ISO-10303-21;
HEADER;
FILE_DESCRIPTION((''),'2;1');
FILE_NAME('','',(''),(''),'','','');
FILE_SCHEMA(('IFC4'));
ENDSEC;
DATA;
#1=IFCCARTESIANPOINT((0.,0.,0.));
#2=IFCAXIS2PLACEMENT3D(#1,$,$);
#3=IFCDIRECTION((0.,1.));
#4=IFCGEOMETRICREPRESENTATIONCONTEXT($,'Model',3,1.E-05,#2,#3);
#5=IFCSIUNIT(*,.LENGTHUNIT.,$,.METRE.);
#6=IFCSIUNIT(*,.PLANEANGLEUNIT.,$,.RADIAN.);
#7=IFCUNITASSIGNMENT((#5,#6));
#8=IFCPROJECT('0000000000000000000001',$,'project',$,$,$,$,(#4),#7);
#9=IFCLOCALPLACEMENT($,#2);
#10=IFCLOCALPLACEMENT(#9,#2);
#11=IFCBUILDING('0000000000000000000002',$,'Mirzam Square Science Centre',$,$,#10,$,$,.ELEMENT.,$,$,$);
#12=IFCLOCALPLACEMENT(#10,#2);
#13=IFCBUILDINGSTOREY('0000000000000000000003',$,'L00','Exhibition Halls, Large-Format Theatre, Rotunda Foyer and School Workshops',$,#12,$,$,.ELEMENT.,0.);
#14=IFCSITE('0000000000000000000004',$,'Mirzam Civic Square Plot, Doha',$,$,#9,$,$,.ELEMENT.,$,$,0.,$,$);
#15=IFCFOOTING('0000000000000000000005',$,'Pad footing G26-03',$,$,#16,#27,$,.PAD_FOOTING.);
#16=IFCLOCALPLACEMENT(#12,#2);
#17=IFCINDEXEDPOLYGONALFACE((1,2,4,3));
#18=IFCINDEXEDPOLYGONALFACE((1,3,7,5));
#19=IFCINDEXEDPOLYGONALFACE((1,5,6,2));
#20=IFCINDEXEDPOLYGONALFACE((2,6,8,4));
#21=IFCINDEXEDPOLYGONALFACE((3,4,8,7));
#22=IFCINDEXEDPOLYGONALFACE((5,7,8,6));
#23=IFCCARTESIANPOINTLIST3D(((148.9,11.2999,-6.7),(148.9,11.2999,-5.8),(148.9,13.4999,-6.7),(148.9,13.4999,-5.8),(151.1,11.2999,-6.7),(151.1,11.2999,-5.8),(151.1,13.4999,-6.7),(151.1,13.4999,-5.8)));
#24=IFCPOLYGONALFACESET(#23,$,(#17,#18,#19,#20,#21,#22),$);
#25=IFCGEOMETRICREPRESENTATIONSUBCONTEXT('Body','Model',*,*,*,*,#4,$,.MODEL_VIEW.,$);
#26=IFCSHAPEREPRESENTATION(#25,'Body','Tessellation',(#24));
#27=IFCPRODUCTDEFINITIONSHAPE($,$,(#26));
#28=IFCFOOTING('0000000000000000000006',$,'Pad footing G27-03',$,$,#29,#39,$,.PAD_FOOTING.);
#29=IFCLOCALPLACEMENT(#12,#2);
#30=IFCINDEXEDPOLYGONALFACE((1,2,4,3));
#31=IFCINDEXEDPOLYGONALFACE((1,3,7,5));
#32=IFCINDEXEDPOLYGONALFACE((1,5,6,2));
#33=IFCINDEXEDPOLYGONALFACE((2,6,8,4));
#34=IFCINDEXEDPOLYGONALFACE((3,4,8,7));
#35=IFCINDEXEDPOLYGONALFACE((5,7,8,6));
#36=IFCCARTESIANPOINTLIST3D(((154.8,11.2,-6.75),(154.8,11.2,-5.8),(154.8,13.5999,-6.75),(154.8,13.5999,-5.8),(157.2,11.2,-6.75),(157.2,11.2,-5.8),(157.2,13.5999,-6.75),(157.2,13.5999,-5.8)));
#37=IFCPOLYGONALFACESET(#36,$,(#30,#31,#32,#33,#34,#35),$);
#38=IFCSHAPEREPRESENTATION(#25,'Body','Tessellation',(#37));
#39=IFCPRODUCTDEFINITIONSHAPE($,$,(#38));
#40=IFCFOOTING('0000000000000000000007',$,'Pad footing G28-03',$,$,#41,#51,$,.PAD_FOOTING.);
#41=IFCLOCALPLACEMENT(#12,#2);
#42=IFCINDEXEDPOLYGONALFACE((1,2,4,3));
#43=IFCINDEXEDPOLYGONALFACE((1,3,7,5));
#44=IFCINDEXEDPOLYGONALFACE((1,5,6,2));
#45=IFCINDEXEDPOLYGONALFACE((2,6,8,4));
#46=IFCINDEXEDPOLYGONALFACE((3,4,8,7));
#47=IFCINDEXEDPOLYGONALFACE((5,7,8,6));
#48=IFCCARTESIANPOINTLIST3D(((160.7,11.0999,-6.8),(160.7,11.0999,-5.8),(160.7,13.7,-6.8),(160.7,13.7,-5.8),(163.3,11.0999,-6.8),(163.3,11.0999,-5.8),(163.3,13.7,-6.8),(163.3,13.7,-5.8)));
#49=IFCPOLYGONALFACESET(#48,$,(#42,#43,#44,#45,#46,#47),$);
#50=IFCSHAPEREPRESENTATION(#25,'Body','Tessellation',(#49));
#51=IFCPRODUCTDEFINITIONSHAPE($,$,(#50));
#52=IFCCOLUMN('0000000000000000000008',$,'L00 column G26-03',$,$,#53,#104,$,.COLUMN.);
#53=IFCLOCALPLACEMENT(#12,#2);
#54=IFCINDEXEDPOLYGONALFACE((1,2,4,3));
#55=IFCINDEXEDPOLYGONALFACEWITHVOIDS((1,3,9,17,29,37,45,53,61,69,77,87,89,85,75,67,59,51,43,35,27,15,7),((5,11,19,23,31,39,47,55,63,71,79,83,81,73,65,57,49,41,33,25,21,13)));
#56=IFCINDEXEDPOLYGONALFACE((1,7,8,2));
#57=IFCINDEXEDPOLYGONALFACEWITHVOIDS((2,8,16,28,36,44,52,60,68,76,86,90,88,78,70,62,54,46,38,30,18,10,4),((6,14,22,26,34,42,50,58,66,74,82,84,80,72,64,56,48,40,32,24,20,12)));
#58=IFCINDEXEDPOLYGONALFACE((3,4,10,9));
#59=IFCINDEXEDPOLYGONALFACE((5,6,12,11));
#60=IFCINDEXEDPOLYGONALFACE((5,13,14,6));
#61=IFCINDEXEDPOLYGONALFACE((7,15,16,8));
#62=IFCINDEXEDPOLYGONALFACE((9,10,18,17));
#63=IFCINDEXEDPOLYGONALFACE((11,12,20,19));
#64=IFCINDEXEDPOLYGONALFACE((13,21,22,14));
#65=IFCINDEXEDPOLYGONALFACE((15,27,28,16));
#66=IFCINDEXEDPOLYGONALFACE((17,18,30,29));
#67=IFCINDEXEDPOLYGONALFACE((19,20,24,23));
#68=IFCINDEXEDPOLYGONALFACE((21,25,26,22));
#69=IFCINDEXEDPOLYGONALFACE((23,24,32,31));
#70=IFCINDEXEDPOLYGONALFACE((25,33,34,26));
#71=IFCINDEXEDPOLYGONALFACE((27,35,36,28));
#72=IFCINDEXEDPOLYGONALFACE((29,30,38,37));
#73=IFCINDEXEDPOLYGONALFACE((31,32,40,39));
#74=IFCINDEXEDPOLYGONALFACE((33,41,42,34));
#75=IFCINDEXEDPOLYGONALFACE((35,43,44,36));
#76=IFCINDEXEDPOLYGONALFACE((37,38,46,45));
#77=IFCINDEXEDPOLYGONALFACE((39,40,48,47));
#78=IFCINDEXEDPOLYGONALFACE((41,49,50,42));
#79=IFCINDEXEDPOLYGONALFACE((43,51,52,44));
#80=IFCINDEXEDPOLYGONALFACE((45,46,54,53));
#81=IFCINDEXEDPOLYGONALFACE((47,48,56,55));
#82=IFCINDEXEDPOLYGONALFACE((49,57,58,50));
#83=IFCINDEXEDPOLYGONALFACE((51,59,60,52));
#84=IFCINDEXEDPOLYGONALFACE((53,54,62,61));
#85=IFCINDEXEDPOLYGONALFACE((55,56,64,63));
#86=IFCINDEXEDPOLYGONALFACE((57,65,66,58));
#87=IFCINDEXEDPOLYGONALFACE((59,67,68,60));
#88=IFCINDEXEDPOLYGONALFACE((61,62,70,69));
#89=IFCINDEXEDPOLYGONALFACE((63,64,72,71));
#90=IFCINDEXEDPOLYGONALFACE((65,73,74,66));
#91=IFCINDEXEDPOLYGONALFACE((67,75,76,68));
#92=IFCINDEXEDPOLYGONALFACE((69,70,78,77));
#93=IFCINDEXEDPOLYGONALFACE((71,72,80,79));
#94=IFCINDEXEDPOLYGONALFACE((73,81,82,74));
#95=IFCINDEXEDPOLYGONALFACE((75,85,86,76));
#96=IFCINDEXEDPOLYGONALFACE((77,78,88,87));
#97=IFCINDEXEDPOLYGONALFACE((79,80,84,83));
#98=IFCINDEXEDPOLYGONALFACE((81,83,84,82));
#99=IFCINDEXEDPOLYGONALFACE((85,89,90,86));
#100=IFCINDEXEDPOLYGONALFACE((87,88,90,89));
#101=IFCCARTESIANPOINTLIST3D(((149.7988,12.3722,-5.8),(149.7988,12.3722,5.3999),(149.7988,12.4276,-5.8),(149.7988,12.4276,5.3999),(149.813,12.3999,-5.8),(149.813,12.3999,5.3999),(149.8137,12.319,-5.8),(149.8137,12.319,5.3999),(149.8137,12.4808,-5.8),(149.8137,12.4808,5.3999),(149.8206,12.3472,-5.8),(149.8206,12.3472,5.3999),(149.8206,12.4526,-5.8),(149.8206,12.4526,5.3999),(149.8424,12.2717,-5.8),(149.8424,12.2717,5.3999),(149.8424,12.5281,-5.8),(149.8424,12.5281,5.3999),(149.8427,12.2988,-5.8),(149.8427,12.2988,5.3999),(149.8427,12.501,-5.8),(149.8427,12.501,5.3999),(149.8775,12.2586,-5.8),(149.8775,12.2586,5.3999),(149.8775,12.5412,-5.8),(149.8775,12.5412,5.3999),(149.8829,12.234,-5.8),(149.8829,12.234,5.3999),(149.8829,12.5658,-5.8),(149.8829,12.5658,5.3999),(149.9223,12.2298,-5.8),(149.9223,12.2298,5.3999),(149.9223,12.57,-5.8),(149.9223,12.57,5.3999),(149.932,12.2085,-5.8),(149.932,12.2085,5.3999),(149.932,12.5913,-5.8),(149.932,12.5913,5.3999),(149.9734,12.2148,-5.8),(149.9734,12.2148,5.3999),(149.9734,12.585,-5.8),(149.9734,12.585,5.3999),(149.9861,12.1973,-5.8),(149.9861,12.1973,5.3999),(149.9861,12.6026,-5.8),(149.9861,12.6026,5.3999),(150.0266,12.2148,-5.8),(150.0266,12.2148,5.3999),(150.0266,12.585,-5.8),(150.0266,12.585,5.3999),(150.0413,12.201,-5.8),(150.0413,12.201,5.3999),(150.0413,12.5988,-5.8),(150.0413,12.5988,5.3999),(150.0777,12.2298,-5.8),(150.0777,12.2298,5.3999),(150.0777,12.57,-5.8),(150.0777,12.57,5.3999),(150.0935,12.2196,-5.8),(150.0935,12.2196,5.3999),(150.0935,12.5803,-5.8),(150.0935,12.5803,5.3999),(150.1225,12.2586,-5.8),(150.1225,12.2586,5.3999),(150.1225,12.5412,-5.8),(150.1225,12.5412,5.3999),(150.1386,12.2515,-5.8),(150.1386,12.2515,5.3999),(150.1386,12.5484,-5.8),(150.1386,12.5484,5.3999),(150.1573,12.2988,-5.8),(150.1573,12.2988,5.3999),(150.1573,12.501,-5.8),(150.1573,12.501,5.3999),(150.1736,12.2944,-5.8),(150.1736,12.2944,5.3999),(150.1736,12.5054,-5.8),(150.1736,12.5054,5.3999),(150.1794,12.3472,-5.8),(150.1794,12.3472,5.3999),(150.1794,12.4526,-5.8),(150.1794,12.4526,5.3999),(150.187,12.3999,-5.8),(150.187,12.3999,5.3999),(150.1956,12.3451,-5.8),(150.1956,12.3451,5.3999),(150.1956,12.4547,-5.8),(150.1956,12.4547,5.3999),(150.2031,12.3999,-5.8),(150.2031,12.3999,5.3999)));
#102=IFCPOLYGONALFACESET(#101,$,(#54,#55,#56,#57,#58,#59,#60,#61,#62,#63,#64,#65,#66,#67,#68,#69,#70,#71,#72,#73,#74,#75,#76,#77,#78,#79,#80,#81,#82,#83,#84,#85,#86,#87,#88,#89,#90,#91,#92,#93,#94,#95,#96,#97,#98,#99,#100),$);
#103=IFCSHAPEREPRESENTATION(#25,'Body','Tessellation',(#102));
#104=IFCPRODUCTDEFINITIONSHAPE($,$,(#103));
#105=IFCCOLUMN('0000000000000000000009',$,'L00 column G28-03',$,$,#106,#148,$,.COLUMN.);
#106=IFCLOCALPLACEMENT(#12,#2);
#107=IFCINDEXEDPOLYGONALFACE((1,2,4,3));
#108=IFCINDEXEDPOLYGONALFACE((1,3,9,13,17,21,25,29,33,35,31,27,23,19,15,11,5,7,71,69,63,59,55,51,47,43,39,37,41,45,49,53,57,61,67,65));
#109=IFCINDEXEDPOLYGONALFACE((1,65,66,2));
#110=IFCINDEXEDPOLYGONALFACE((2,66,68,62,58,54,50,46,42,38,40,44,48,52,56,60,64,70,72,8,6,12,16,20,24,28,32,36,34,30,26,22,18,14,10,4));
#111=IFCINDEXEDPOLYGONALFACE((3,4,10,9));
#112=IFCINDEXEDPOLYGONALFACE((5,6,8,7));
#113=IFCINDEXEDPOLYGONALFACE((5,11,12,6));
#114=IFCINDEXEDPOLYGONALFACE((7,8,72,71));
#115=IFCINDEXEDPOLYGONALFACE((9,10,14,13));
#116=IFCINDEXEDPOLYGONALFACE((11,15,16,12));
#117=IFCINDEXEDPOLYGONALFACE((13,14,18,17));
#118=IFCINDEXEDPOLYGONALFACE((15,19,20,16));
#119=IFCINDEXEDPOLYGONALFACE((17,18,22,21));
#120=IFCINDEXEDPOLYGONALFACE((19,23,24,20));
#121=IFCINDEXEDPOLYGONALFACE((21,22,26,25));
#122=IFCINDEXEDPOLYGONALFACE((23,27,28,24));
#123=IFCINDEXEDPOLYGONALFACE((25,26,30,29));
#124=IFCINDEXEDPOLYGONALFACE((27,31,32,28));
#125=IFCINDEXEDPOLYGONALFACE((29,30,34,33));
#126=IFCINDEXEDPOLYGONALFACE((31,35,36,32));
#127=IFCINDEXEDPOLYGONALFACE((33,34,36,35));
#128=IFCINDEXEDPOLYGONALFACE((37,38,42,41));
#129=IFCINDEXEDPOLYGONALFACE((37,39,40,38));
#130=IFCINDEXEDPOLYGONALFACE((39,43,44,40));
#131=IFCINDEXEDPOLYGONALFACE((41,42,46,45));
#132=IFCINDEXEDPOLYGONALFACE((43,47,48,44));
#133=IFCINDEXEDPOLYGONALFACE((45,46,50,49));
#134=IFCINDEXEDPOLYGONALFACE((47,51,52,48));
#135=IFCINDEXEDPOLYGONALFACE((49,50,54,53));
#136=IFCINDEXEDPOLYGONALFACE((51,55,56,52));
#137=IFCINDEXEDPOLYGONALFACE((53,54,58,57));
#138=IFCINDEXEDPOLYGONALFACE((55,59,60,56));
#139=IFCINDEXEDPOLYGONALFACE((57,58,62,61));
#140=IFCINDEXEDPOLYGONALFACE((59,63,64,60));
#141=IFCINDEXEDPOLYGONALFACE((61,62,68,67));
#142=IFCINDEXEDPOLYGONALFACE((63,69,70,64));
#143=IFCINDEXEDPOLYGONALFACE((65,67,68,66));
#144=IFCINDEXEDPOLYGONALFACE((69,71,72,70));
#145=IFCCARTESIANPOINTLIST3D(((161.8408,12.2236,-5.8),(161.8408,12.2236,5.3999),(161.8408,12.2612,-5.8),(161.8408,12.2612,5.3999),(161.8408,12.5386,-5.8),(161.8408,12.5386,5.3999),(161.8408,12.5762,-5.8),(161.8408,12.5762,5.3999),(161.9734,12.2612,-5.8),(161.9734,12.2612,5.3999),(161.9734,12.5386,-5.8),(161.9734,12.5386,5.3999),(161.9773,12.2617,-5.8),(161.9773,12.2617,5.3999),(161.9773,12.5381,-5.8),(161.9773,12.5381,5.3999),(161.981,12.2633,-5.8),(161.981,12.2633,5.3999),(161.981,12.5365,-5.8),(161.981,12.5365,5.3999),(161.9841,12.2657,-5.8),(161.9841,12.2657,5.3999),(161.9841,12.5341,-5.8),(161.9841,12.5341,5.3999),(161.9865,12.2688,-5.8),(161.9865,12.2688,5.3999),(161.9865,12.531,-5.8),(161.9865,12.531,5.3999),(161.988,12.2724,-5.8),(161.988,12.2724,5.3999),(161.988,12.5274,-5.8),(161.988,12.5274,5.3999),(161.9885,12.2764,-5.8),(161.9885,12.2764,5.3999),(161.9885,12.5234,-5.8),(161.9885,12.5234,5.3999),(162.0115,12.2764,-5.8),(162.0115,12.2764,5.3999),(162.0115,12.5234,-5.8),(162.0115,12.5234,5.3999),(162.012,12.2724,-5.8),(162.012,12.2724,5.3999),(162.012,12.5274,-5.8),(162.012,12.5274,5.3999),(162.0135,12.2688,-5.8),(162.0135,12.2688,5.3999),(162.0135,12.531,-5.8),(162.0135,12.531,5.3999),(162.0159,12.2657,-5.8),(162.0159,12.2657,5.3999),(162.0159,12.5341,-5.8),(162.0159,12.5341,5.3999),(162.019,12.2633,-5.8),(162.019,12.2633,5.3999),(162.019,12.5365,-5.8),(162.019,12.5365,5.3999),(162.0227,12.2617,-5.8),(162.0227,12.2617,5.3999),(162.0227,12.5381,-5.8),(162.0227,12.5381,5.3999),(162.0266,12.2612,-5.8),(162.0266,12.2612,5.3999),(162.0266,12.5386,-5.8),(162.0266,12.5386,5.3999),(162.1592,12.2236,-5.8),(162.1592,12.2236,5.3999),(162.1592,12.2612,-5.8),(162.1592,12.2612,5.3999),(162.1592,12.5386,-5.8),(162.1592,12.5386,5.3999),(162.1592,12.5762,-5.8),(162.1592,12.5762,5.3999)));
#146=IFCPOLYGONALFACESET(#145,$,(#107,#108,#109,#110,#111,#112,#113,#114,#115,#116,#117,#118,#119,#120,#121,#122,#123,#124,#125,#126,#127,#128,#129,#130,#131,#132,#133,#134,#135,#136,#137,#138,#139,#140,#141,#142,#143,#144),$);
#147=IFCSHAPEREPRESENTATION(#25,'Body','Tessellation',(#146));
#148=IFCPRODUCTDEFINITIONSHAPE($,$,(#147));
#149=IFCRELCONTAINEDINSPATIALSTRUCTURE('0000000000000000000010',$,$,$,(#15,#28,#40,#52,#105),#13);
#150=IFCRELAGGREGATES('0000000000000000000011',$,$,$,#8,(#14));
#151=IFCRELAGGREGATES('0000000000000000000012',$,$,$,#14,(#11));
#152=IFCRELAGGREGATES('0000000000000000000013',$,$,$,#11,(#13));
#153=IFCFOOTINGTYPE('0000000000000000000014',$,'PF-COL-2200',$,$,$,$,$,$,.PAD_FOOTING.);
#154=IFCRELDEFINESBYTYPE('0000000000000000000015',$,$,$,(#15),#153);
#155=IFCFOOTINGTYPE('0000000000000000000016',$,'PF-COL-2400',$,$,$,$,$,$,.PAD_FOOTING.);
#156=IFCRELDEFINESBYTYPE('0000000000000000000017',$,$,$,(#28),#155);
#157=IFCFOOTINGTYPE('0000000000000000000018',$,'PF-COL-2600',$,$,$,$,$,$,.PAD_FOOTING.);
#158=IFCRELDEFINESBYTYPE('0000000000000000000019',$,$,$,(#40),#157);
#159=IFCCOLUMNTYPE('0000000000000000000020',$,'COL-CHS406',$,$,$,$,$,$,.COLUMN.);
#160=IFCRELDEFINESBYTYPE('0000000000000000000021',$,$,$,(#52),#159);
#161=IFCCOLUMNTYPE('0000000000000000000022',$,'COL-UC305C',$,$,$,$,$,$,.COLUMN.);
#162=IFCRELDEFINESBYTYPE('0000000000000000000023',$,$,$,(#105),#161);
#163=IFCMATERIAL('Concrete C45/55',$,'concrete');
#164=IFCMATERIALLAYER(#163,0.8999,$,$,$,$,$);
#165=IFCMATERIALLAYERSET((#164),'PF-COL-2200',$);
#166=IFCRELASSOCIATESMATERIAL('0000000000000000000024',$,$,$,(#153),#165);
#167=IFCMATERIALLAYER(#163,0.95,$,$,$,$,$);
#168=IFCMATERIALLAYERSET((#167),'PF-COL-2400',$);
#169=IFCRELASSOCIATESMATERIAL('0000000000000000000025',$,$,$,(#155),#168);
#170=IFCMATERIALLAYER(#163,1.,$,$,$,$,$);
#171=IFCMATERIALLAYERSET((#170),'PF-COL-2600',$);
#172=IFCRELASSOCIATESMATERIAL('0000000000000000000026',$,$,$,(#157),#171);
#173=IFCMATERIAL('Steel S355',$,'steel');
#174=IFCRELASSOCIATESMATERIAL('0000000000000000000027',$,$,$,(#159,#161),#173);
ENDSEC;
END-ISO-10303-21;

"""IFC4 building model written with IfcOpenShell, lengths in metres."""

from ifc_helpers import new_model, si_unit, direction, frame, origin, origin_2d, place, context, subcontext, project, spatial, rectangle, hollow_circle, i_section, extrude, material, layer, layer_set, material_profile, profile_set, type_object, element, save


model = new_model("IFC4")

# Units and contexts
model_context = context("Model", 3, precision=1e-05, world=origin(), true_north=direction((0.0, 1.0)))
body_context = subcontext(model_context, "Body", "Model", "MODEL_VIEW")
ifc_project = project(units=[si_unit("LENGTHUNIT", "METRE"), si_unit("PLANEANGLEUNIT", "RADIAN")], contexts=[model_context])

# Site, building, storey
site_placement = place(None, origin())
site = spatial("IfcSite", under=ifc_project, at=site_placement, Name="Mirzam Civic Square Plot, Doha", CompositionType="ELEMENT", RefElevation=0.0)
building_placement = place(site_placement, origin())
building = spatial("IfcBuilding", under=site, at=building_placement, Name="Mirzam Square Science Centre", CompositionType="ELEMENT")
storey_placement = place(building_placement, origin())
storey = spatial("IfcBuildingStorey", under=building, at=storey_placement, Name="L00", Description="Exhibition Halls, Large-Format Theatre, Rotunda Foyer and School Workshops", CompositionType="ELEMENT", Elevation=0.0)

# Footings
ifc_material_1 = material(Name="Concrete C45/55", Category="concrete")
ifc_layer_1 = layer(ifc_material_1, 0.8999)
ifc_layer_set_1 = layer_set([ifc_layer_1], Name="PF-COL-2200")
footing_type_1 = type_object("IfcFootingType", Name="PF-COL-2200", PredefinedType="PAD_FOOTING", material=ifc_layer_set_1)
footing_1_placement = place(storey_placement, frame((150.0, 12.3999, -6.7), z_axis=(0.0, 0.0, 1.0), x_axis=(1.0, 0.0, 0.0)))
element("IfcFooting", 1, at=footing_1_placement, inside=storey, type_object=footing_type_1, Name="Pad footing G26-03", PredefinedType="PAD_FOOTING", context=body_context, shape_type="SweptSolid", body=[
    extrude(rectangle(XDim=2.2, YDim=2.2, at=origin_2d()), origin(), (0.0, 0.0, 1.0), 0.8999),
])
ifc_layer_2 = layer(ifc_material_1, 0.95)
ifc_layer_set_2 = layer_set([ifc_layer_2], Name="PF-COL-2400")
footing_type_2 = type_object("IfcFootingType", Name="PF-COL-2400", PredefinedType="PAD_FOOTING", material=ifc_layer_set_2)
footing_2_placement = place(storey_placement, frame((156.0, 12.3999, -6.75), z_axis=(0.0, 0.0, 1.0), x_axis=(1.0, 0.0, 0.0)))
element("IfcFooting", 2, at=footing_2_placement, inside=storey, type_object=footing_type_2, Name="Pad footing G27-03", PredefinedType="PAD_FOOTING", context=body_context, shape_type="SweptSolid", body=[
    extrude(rectangle(XDim=2.3999, YDim=2.3999, at=origin_2d()), origin(), (0.0, 0.0, 1.0), 0.95),
])
ifc_layer_3 = layer(ifc_material_1, 1.0)
ifc_layer_set_3 = layer_set([ifc_layer_3], Name="PF-COL-2600")
footing_type_3 = type_object("IfcFootingType", Name="PF-COL-2600", PredefinedType="PAD_FOOTING", material=ifc_layer_set_3)
footing_3_placement = place(storey_placement, frame((162.0, 12.3999, -6.8), z_axis=(0.0, 0.0, 1.0), x_axis=(1.0, 0.0, 0.0)))
element("IfcFooting", 3, at=footing_3_placement, inside=storey, type_object=footing_type_3, Name="Pad footing G28-03", PredefinedType="PAD_FOOTING", context=body_context, shape_type="SweptSolid", body=[
    extrude(rectangle(XDim=2.6001, YDim=2.6001, at=origin_2d()), origin(), (0.0, 0.0, 1.0), 1.0),
])

# Columns
ifc_material_2 = material(Name="Steel S355", Category="steel")
ifc_material_profile_1 = material_profile(ifc_material_2, hollow_circle(Radius=0.2031, WallThickness=0.0161, at=origin_2d()), Name="406.4x16.0CHS")
ifc_profile_set_1 = profile_set([ifc_material_profile_1], Name="Steel S355")
column_type_1 = type_object("IfcColumnType", Name="COL-CHS406", PredefinedType="COLUMN", material=ifc_profile_set_1)
column_1_placement = place(storey_placement, frame((150.0, 12.3999, -5.8), z_axis=(0.0, 0.0, 1.0), x_axis=(1.0, 0.0, 0.0)))
element("IfcColumn", 4, at=column_1_placement, inside=storey, type_object=column_type_1, Name="L00 column G26-03", PredefinedType="COLUMN", context=body_context, shape_type="SweptSolid", body=[
    extrude(hollow_circle(Radius=0.2031, WallThickness=0.0161, at=origin_2d()), origin(), (0.0, 0.0, 1.0), 11.2),
])
ifc_material_profile_2 = material_profile(ifc_material_2, i_section(OverallWidth=0.3184, OverallDepth=0.3525, WebThickness=0.0229, FlangeThickness=0.0376, FilletRadius=0.0151, at=origin_2d()), Name="305x305x240UC")
ifc_profile_set_2 = profile_set([ifc_material_profile_2], Name="Steel S355")
column_type_2 = type_object("IfcColumnType", Name="COL-UC305C", PredefinedType="COLUMN", material=ifc_profile_set_2)
column_2_placement = place(storey_placement, frame((162.0, 12.3999, -5.8), z_axis=(0.0, 0.0, 1.0), x_axis=(1.0, 0.0, 0.0)))
element("IfcColumn", 5, at=column_2_placement, inside=storey, type_object=column_type_2, Name="L00 column G28-03", PredefinedType="COLUMN", context=body_context, shape_type="SweptSolid", body=[
    extrude(i_section(OverallWidth=0.3184, OverallDepth=0.3525, WebThickness=0.0229, FlangeThickness=0.0376, FilletRadius=0.0151, at=origin_2d()), origin(), (0.0, 0.0, 1.0), 11.2),
])

save(model, "model.ifc")
